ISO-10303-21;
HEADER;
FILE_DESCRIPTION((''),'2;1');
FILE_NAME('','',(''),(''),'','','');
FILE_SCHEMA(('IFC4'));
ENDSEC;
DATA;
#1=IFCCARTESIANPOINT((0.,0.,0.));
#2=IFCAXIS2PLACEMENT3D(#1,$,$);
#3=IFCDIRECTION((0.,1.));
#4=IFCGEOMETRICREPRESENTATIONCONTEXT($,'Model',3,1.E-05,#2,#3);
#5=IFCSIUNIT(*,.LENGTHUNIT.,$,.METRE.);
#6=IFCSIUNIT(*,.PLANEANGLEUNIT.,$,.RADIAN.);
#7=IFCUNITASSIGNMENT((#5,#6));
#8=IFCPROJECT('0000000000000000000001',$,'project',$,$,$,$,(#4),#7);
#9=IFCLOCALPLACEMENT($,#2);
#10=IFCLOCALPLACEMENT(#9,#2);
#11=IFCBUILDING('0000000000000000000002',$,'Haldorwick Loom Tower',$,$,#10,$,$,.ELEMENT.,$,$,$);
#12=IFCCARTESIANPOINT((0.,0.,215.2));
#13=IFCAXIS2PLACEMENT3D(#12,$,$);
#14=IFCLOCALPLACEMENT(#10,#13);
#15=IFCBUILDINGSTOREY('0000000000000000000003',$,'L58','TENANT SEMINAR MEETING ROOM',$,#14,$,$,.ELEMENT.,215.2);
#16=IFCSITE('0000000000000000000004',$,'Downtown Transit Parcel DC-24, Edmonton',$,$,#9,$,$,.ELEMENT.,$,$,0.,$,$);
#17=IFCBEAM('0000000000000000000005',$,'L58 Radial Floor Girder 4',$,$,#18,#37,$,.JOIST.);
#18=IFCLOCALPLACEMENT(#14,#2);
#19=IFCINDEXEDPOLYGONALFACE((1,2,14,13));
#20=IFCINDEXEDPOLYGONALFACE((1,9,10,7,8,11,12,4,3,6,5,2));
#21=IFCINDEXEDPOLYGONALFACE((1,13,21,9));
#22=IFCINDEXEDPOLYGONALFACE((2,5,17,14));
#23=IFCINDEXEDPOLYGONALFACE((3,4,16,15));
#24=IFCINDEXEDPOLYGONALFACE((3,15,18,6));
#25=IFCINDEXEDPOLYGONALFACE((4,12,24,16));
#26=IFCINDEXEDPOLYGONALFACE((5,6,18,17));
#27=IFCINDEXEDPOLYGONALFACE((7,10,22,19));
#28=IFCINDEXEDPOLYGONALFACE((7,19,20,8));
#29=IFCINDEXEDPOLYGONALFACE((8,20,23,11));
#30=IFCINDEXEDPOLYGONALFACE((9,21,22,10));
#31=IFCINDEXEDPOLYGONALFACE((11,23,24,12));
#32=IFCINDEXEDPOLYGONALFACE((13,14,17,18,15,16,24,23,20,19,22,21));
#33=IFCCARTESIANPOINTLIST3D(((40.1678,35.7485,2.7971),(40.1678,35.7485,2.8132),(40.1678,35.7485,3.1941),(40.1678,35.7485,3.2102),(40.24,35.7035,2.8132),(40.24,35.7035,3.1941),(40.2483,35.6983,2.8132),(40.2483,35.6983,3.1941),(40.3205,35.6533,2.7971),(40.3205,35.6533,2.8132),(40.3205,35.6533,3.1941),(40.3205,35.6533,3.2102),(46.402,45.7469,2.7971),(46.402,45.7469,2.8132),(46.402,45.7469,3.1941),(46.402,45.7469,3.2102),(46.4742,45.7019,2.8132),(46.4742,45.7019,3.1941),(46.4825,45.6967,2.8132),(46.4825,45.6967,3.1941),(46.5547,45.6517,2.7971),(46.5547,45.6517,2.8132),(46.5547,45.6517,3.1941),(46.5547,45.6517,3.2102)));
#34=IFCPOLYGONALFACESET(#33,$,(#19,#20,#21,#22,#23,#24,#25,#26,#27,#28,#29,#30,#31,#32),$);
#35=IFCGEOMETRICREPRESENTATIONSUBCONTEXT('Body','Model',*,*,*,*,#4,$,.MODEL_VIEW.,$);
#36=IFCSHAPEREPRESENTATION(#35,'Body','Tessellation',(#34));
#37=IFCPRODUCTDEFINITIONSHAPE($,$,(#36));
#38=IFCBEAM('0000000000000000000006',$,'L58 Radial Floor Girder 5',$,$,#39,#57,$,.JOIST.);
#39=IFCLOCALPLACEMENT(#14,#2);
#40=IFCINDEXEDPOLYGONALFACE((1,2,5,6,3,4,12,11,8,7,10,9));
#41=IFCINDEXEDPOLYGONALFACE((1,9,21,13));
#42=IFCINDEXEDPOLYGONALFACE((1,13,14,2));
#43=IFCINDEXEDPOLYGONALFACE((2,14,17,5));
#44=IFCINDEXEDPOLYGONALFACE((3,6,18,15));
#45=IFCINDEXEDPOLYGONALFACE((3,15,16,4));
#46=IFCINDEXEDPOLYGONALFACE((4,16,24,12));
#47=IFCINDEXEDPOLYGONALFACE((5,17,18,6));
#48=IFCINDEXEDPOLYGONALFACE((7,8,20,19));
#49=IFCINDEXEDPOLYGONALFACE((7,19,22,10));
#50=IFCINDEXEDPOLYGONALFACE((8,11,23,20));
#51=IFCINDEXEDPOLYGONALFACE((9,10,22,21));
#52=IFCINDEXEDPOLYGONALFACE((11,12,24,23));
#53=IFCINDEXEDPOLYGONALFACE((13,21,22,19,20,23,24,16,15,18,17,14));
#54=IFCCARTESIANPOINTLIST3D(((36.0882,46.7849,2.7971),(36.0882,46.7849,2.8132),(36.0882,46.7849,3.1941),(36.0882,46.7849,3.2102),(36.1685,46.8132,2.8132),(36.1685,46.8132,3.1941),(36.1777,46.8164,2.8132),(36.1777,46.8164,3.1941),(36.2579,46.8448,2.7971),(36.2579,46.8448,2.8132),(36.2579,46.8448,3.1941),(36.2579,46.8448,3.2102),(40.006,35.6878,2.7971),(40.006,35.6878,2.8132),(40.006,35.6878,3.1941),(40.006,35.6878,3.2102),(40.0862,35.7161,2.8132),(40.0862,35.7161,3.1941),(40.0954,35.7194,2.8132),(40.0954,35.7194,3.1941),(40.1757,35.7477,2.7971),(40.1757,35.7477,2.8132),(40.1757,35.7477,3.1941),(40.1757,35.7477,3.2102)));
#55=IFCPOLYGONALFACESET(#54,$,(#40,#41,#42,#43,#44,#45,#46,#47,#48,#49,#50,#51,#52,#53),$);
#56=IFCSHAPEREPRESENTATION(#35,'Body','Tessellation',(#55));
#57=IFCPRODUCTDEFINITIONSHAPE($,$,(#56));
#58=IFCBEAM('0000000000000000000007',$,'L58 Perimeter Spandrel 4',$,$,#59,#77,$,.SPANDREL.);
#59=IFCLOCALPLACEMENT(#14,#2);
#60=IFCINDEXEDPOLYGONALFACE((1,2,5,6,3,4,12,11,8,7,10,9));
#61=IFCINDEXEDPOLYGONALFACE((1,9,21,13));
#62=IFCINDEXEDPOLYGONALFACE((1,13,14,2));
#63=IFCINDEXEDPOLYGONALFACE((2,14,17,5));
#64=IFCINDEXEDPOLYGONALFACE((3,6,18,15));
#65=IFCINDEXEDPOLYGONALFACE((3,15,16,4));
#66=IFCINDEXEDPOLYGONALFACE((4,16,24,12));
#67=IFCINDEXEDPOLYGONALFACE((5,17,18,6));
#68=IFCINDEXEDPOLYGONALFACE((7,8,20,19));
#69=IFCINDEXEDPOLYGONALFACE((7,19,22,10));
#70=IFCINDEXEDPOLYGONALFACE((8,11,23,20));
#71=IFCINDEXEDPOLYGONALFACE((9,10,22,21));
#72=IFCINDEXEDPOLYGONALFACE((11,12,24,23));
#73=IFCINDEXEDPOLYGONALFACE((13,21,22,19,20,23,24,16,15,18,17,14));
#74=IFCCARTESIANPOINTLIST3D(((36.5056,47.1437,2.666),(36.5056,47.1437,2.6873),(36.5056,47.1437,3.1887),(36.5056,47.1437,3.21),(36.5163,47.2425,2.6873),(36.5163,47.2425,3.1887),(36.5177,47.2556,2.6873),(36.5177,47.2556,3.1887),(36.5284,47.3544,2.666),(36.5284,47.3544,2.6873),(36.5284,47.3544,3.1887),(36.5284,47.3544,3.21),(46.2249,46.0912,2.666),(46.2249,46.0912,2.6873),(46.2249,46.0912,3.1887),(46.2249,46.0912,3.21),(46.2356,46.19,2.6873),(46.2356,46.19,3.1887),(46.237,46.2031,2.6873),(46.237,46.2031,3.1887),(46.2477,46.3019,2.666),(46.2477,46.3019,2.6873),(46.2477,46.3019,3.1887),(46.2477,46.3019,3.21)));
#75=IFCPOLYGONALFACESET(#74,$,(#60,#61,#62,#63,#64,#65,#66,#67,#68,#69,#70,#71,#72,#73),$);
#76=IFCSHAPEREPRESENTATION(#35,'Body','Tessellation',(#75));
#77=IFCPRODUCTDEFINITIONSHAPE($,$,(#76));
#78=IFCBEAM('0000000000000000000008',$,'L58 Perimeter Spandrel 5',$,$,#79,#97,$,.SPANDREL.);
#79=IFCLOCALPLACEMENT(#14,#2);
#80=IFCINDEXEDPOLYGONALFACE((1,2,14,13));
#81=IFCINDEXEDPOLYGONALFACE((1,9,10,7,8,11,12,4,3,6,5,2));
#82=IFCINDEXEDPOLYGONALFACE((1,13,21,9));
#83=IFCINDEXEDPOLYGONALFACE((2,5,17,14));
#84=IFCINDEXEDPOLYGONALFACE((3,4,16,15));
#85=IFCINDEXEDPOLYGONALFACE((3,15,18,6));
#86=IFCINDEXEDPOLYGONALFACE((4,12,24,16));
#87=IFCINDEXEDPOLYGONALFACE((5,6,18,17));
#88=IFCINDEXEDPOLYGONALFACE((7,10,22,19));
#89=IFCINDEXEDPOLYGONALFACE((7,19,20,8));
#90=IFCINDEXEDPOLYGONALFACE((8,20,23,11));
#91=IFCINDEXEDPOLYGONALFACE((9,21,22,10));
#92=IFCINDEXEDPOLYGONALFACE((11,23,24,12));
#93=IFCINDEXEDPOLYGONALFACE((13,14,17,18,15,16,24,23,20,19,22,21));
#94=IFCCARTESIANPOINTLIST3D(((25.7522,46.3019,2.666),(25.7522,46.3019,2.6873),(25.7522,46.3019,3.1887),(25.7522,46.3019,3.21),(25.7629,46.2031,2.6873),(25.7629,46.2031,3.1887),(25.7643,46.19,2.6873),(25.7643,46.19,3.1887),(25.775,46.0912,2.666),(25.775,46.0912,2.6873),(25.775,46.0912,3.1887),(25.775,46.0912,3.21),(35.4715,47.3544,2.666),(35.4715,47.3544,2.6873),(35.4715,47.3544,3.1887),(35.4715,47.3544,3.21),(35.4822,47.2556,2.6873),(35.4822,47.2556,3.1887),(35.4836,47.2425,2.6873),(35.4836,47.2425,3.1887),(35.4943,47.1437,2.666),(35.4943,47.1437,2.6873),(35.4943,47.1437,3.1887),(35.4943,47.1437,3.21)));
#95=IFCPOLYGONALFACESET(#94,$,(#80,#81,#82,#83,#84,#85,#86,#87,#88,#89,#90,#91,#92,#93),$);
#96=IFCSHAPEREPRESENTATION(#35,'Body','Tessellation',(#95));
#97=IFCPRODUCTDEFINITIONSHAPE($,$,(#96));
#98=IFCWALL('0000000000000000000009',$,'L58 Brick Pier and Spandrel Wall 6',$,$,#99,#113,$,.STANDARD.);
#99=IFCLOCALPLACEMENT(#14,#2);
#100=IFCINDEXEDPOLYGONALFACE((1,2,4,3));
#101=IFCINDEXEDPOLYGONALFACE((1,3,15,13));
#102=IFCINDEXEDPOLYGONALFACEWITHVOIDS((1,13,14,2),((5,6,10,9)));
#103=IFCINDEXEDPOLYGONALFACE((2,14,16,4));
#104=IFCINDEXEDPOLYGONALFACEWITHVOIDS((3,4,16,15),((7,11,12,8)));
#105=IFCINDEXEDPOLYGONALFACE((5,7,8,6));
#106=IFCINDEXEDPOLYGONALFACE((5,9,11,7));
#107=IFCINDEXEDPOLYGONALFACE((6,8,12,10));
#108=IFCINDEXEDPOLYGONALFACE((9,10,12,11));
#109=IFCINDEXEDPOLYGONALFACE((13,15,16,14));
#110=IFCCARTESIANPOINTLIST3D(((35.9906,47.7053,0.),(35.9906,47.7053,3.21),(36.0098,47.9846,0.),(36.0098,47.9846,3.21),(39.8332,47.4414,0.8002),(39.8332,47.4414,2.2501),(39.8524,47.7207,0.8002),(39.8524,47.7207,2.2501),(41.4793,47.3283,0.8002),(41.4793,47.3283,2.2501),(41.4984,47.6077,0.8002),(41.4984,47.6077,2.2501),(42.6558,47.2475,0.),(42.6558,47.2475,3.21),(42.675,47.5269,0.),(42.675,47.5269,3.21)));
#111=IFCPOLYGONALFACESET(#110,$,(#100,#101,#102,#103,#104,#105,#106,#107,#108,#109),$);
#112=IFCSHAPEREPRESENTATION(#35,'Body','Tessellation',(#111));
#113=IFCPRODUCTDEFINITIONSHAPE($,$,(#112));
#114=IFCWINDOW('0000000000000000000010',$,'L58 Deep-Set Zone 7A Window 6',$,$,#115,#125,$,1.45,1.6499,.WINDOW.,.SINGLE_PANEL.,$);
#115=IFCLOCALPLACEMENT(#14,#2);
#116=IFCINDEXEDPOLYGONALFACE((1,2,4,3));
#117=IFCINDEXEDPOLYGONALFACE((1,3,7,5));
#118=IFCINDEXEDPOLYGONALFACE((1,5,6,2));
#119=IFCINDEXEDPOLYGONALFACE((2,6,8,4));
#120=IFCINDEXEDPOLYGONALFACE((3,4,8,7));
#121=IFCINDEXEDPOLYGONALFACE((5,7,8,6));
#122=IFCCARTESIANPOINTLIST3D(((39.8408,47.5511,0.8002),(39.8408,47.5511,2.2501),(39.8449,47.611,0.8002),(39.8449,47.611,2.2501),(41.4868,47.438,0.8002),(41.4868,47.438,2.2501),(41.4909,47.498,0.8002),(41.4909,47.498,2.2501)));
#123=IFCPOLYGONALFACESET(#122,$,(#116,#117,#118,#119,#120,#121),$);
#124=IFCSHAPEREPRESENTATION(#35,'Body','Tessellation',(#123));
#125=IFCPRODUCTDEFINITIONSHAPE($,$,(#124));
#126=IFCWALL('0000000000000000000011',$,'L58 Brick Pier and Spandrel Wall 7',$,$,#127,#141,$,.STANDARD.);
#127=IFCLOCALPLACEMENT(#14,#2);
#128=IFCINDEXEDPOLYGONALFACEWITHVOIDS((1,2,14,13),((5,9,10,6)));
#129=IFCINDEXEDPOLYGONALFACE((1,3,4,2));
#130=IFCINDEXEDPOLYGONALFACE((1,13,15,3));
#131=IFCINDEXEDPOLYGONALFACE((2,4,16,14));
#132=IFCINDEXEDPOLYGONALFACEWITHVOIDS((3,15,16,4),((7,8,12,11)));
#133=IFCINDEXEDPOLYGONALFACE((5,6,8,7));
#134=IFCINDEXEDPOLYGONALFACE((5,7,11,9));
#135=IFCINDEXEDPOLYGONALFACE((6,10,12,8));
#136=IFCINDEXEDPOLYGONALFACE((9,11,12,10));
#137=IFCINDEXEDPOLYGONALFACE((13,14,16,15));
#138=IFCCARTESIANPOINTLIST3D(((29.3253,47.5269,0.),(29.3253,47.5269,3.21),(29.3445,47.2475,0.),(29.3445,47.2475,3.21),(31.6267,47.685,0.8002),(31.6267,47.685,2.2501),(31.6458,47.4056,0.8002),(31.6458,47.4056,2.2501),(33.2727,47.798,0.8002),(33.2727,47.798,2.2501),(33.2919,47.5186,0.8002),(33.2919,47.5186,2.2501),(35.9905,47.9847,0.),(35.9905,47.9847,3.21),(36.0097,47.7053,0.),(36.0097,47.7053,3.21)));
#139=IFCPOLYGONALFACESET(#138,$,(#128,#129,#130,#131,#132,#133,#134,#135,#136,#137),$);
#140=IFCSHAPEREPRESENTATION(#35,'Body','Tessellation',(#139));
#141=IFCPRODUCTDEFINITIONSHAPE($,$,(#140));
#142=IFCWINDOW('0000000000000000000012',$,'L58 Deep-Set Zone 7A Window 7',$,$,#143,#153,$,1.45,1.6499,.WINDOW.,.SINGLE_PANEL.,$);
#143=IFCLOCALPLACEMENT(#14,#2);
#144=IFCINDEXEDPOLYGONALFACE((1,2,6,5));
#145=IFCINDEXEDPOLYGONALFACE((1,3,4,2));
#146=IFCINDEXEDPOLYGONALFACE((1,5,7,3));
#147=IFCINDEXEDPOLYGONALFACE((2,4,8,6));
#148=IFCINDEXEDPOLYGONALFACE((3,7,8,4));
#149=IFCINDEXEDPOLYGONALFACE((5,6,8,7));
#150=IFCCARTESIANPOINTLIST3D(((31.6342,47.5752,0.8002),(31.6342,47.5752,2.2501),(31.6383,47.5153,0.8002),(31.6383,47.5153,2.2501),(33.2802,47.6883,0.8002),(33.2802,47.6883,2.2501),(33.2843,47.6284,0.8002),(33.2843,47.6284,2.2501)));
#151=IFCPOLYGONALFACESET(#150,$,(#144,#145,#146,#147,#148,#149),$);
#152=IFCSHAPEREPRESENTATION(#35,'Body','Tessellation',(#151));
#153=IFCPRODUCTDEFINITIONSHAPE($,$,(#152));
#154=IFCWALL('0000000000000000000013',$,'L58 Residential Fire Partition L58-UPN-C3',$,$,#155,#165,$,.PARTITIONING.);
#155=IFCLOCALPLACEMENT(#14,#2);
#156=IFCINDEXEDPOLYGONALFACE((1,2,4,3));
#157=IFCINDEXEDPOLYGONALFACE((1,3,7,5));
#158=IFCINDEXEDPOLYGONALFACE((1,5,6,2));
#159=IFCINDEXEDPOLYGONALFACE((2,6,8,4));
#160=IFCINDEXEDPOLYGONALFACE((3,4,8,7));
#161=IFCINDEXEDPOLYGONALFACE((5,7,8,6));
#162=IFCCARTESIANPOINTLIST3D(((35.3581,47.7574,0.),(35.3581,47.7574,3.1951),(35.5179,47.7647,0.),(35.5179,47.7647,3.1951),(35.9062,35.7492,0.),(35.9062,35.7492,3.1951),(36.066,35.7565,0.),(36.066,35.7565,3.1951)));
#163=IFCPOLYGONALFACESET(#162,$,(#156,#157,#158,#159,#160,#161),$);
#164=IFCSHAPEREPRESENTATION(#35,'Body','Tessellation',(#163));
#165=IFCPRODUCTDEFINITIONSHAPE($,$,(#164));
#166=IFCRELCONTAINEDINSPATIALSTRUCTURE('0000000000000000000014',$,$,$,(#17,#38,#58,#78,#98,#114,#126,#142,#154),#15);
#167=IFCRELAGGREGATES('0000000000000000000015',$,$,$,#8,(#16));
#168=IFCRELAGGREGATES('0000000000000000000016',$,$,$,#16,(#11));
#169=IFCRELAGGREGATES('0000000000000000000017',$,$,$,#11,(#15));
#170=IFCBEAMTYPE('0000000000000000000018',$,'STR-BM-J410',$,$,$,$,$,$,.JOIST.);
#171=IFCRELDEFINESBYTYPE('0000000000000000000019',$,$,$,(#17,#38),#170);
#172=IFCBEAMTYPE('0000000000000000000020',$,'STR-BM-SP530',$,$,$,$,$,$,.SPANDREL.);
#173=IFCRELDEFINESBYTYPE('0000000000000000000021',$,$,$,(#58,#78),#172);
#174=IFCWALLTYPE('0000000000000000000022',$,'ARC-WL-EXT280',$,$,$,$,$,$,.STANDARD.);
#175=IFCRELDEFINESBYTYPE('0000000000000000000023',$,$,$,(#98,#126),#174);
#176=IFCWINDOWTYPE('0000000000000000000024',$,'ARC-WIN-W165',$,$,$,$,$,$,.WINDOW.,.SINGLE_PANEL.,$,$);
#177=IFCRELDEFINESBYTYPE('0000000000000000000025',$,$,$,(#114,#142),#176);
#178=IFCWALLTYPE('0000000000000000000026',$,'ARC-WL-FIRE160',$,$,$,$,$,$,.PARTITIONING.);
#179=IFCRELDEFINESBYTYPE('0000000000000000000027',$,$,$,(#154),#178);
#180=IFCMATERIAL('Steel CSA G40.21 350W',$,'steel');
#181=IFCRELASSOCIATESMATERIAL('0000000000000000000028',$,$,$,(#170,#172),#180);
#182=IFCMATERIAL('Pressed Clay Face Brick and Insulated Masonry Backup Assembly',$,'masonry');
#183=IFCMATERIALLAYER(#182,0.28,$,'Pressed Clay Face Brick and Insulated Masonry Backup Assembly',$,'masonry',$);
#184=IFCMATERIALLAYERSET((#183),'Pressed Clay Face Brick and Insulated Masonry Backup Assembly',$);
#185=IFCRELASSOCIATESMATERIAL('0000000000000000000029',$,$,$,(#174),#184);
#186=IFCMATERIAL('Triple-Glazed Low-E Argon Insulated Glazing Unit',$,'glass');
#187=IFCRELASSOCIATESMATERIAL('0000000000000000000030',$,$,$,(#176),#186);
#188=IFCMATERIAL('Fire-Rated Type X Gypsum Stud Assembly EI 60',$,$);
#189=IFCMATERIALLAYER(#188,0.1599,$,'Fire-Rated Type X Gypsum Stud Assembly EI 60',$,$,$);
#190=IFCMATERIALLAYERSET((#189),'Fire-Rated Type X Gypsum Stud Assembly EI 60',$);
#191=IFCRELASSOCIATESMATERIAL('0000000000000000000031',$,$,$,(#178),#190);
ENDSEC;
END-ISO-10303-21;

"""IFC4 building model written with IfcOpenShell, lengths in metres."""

from ifc_helpers import new_model, si_unit, direction, frame, frame_2d, origin, origin_2d, place, context, subcontext, project, spatial, rectangle, i_section, extrude, material, layer, layer_set, material_profile, profile_set, type_object, element, fill, save


model = new_model("IFC4")

# Units and contexts
model_context = context("Model", 3, precision=1e-05, world=origin(), true_north=direction((0.0, 1.0)))
body_context = subcontext(model_context, "Body", "Model", "MODEL_VIEW")
ifc_project = project(units=[si_unit("LENGTHUNIT", "METRE"), si_unit("PLANEANGLEUNIT", "RADIAN")], contexts=[model_context])

# Site, building, storey
site_placement = place(None, origin())
site = spatial("IfcSite", under=ifc_project, at=site_placement, Name="Downtown Transit Parcel DC-24, Edmonton", CompositionType="ELEMENT", RefElevation=0.0)
building_placement = place(site_placement, origin())
building = spatial("IfcBuilding", under=site, at=building_placement, Name="Haldorwick Loom Tower", CompositionType="ELEMENT")
storey_placement = place(building_placement, frame((0.0, 0.0, 215.2)))
storey = spatial("IfcBuildingStorey", under=building, at=storey_placement, Name="L58", Description="TENANT SEMINAR MEETING ROOM", CompositionType="ELEMENT", Elevation=215.2)

# Shared definitions
ifc_material_1 = material(Name="Steel CSA G40.21 350W", Category="steel")

# Beams
ifc_material_profile_1 = material_profile(ifc_material_1, i_section(OverallWidth=0.1799, OverallDepth=0.4131, WebThickness=0.0098, FlangeThickness=0.0161, at=origin_2d()), Name="W410X74", Category="steel")
ifc_profile_set_1 = profile_set([ifc_material_profile_1], Name="Steel CSA G40.21 350W")
beam_type_1 = type_object("IfcBeamType", Name="STR-BM-J410", PredefinedType="JOIST", material=ifc_profile_set_1)
beam_1_placement = place(storey_placement, frame((40.2441, 35.7009, 3.0037), z_axis=(0.529095, 0.848562, 0.0), x_axis=(-0.848562, 0.529095, 0.0)))
element("IfcBeam", 1, at=beam_1_placement, inside=storey, type_object=beam_type_1, Name="L58 Radial Floor Girder 4", PredefinedType="JOIST", context=body_context, shape_type="SweptSolid", body=[
    extrude(i_section(OverallWidth=0.1799, OverallDepth=0.4131, WebThickness=0.0098, FlangeThickness=0.0161, at=origin_2d()), origin(), (0.0, 0.0, 1.0), 11.7827),
])
beam_2_placement = place(storey_placement, frame((40.0908, 35.7178, 3.0037), z_axis=(-0.332908, 0.942959, 0.0), x_axis=(-0.942959, -0.332908, 0.0)))
element("IfcBeam", 2, at=beam_2_placement, inside=storey, type_object=beam_type_1, Name="L58 Radial Floor Girder 5", PredefinedType="JOIST", context=body_context, shape_type="SweptSolid", body=[
    extrude(i_section(OverallWidth=0.1799, OverallDepth=0.4131, WebThickness=0.0098, FlangeThickness=0.0161, at=origin_2d()), origin(), (0.0, 0.0, 1.0), 11.7683),
])
ifc_material_profile_2 = material_profile(ifc_material_1, i_section(OverallWidth=0.2119, OverallDepth=0.5439, WebThickness=0.0132, FlangeThickness=0.0212, at=origin_2d()), Name="W530X123", Category="steel")
ifc_profile_set_2 = profile_set([ifc_material_profile_2], Name="Steel CSA G40.21 350W")
beam_type_2 = type_object("IfcBeamType", Name="STR-BM-SP530", PredefinedType="SPANDREL", material=ifc_profile_set_2)
for number, where, z_axis, x_axis, name in (
    (3, (46.2363, 46.1965, 2.938), (-0.994188, 0.10766, 0.0), (-0.10766, -0.994188, 0.0), "L58 Perimeter Spandrel 4"),
    (4, (35.4829, 47.249, 2.938), (-0.994188, -0.10766, 0.0), (0.10766, -0.994188, 0.0), "L58 Perimeter Spandrel 5"),
):
    element("IfcBeam", number, at=place(storey_placement, frame(where, z_axis=z_axis, x_axis=x_axis)), inside=storey, type_object=beam_type_2, Name=name, PredefinedType="SPANDREL", context=body_context, shape_type="SweptSolid", body=[
        extrude(i_section(OverallWidth=0.2119, OverallDepth=0.5439, WebThickness=0.0132, FlangeThickness=0.0212, at=origin_2d()), origin(), (0.0, 0.0, 1.0), 9.7761),
    ])

# Walls, openings, windows
ifc_material_2 = material(Name="Pressed Clay Face Brick and Insulated Masonry Backup Assembly", Category="masonry")
ifc_layer_1 = layer(ifc_material_2, 0.28, Name="Pressed Clay Face Brick and Insulated Masonry Backup Assembly", Category="masonry")
ifc_layer_set_1 = layer_set([ifc_layer_1], Name="Pressed Clay Face Brick and Insulated Masonry Backup Assembly")
wall_type_1 = type_object("IfcWallType", Name="ARC-WL-EXT280", PredefinedType="STANDARD", material=ifc_layer_set_1)
wall_1_placement = place(storey_placement, frame((42.6653, 47.3872, 0.0), z_axis=(0.0, 0.0, 1.0), x_axis=(-0.99765, 0.068517, 0.0)))
wall_1 = element("IfcWall", 5, at=wall_1_placement, inside=storey, type_object=wall_type_1, Name="L58 Brick Pier and Spandrel Wall 6", PredefinedType="STANDARD", context=body_context, shape_type="SweptSolid", body=[
    extrude(rectangle(XDim=6.6809, YDim=0.28, at=frame_2d((3.3403, 0.0))), origin(), (0.0, 0.0, 1.0), 3.21),
])
opening_1_placement = place(wall_1_placement, frame((1.1792, 0.0, 0.8)))
opening_1 = element("IfcOpeningElement", 6, at=opening_1_placement, cuts=wall_1, PredefinedType="OPENING", context=body_context, shape_type="SweptSolid", body=[
    extrude(rectangle(XDim=1.6499, YDim=1.45, at=frame_2d((0.825, 0.7251))), frame((0.0, 0.1499, 0.0), z_axis=(0.0, -1.0, 0.0), x_axis=(1.0, 0.0, 0.0)), (0.0, 0.0, 1.0), 0.3),
])
ifc_material_3 = material(Name="Triple-Glazed Low-E Argon Insulated Glazing Unit", Category="glass")
window_type = type_object("IfcWindowType", Name="ARC-WIN-W165", PartitioningType="SINGLE_PANEL", PredefinedType="WINDOW", material=ifc_material_3)
window_1_placement = place(opening_1_placement, origin())
window_1 = element("IfcWindow", 7, at=window_1_placement, inside=storey, type_object=window_type, Name="L58 Deep-Set Zone 7A Window 6", OverallHeight=1.45, OverallWidth=1.6499, PartitioningType="SINGLE_PANEL", PredefinedType="WINDOW", context=body_context, shape_type="SweptSolid", body=[
    extrude(rectangle(XDim=1.6499, YDim=1.45, at=frame_2d((0.825, 0.7251))), frame((0.0, 0.03, 0.0), z_axis=(0.0, -1.0, 0.0), x_axis=(1.0, 0.0, 0.0)), (0.0, 0.0, 1.0), 0.0601),
])
fill(opening_1, window_1)
wall_2_placement = place(storey_placement, frame((36.0, 47.845, 0.0), z_axis=(0.0, 0.0, 1.0), x_axis=(-0.99765, -0.068517, 0.0)))
wall_2 = element("IfcWall", 8, at=wall_2_placement, inside=storey, type_object=wall_type_1, Name="L58 Brick Pier and Spandrel Wall 7", PredefinedType="STANDARD", context=body_context, shape_type="SweptSolid", body=[
    extrude(rectangle(XDim=6.6809, YDim=0.28, at=frame_2d((3.3403, 0.0))), origin(), (0.0, 0.0, 1.0), 3.21),
])
opening_2_placement = place(wall_2_placement, frame((2.7241, 0.0, 0.8)))
opening_2 = element("IfcOpeningElement", 9, at=opening_2_placement, cuts=wall_2, PredefinedType="OPENING", context=body_context, shape_type="SweptSolid", body=[
    extrude(rectangle(XDim=1.6499, YDim=1.45, at=frame_2d((0.825, 0.7251))), frame((0.0, 0.1499, 0.0), z_axis=(0.0, -1.0, 0.0), x_axis=(1.0, 0.0, 0.0)), (0.0, 0.0, 1.0), 0.3),
])
window_2_placement = place(opening_2_placement, origin())
window_2 = element("IfcWindow", 10, at=window_2_placement, inside=storey, type_object=window_type, Name="L58 Deep-Set Zone 7A Window 7", OverallHeight=1.45, OverallWidth=1.6499, PartitioningType="SINGLE_PANEL", PredefinedType="WINDOW", context=body_context, shape_type="SweptSolid", body=[
    extrude(rectangle(XDim=1.6499, YDim=1.45, at=frame_2d((0.825, 0.7251))), frame((0.0, 0.03, 0.0), z_axis=(0.0, -1.0, 0.0), x_axis=(1.0, 0.0, 0.0)), (0.0, 0.0, 1.0), 0.0601),
])
fill(opening_2, window_2)

# Wall
ifc_material_4 = material(Name="Fire-Rated Type X Gypsum Stud Assembly EI 60")
ifc_layer_2 = layer(ifc_material_4, 0.1599, Name="Fire-Rated Type X Gypsum Stud Assembly EI 60")
ifc_layer_set_2 = layer_set([ifc_layer_2], Name="Fire-Rated Type X Gypsum Stud Assembly EI 60")
wall_type_2 = type_object("IfcWallType", Name="ARC-WL-FIRE160", PredefinedType="PARTITIONING", material=ifc_layer_set_2)
wall_3_placement = place(storey_placement, frame((35.9861, 35.7529, 0.0), z_axis=(0.0, 0.0, 1.0), x_axis=(-0.045596, 0.99896, 0.0)))
element("IfcWall", 11, at=wall_3_placement, inside=storey, type_object=wall_type_2, Name="L58 Residential Fire Partition L58-UPN-C3", PredefinedType="PARTITIONING", context=body_context, shape_type="SweptSolid", body=[
    extrude(rectangle(XDim=12.0208, YDim=0.1599, at=frame_2d((6.0103, 0.0))), origin(), (0.0, 0.0, 1.0), 3.1951),
])

save(model, "model.ifc")
